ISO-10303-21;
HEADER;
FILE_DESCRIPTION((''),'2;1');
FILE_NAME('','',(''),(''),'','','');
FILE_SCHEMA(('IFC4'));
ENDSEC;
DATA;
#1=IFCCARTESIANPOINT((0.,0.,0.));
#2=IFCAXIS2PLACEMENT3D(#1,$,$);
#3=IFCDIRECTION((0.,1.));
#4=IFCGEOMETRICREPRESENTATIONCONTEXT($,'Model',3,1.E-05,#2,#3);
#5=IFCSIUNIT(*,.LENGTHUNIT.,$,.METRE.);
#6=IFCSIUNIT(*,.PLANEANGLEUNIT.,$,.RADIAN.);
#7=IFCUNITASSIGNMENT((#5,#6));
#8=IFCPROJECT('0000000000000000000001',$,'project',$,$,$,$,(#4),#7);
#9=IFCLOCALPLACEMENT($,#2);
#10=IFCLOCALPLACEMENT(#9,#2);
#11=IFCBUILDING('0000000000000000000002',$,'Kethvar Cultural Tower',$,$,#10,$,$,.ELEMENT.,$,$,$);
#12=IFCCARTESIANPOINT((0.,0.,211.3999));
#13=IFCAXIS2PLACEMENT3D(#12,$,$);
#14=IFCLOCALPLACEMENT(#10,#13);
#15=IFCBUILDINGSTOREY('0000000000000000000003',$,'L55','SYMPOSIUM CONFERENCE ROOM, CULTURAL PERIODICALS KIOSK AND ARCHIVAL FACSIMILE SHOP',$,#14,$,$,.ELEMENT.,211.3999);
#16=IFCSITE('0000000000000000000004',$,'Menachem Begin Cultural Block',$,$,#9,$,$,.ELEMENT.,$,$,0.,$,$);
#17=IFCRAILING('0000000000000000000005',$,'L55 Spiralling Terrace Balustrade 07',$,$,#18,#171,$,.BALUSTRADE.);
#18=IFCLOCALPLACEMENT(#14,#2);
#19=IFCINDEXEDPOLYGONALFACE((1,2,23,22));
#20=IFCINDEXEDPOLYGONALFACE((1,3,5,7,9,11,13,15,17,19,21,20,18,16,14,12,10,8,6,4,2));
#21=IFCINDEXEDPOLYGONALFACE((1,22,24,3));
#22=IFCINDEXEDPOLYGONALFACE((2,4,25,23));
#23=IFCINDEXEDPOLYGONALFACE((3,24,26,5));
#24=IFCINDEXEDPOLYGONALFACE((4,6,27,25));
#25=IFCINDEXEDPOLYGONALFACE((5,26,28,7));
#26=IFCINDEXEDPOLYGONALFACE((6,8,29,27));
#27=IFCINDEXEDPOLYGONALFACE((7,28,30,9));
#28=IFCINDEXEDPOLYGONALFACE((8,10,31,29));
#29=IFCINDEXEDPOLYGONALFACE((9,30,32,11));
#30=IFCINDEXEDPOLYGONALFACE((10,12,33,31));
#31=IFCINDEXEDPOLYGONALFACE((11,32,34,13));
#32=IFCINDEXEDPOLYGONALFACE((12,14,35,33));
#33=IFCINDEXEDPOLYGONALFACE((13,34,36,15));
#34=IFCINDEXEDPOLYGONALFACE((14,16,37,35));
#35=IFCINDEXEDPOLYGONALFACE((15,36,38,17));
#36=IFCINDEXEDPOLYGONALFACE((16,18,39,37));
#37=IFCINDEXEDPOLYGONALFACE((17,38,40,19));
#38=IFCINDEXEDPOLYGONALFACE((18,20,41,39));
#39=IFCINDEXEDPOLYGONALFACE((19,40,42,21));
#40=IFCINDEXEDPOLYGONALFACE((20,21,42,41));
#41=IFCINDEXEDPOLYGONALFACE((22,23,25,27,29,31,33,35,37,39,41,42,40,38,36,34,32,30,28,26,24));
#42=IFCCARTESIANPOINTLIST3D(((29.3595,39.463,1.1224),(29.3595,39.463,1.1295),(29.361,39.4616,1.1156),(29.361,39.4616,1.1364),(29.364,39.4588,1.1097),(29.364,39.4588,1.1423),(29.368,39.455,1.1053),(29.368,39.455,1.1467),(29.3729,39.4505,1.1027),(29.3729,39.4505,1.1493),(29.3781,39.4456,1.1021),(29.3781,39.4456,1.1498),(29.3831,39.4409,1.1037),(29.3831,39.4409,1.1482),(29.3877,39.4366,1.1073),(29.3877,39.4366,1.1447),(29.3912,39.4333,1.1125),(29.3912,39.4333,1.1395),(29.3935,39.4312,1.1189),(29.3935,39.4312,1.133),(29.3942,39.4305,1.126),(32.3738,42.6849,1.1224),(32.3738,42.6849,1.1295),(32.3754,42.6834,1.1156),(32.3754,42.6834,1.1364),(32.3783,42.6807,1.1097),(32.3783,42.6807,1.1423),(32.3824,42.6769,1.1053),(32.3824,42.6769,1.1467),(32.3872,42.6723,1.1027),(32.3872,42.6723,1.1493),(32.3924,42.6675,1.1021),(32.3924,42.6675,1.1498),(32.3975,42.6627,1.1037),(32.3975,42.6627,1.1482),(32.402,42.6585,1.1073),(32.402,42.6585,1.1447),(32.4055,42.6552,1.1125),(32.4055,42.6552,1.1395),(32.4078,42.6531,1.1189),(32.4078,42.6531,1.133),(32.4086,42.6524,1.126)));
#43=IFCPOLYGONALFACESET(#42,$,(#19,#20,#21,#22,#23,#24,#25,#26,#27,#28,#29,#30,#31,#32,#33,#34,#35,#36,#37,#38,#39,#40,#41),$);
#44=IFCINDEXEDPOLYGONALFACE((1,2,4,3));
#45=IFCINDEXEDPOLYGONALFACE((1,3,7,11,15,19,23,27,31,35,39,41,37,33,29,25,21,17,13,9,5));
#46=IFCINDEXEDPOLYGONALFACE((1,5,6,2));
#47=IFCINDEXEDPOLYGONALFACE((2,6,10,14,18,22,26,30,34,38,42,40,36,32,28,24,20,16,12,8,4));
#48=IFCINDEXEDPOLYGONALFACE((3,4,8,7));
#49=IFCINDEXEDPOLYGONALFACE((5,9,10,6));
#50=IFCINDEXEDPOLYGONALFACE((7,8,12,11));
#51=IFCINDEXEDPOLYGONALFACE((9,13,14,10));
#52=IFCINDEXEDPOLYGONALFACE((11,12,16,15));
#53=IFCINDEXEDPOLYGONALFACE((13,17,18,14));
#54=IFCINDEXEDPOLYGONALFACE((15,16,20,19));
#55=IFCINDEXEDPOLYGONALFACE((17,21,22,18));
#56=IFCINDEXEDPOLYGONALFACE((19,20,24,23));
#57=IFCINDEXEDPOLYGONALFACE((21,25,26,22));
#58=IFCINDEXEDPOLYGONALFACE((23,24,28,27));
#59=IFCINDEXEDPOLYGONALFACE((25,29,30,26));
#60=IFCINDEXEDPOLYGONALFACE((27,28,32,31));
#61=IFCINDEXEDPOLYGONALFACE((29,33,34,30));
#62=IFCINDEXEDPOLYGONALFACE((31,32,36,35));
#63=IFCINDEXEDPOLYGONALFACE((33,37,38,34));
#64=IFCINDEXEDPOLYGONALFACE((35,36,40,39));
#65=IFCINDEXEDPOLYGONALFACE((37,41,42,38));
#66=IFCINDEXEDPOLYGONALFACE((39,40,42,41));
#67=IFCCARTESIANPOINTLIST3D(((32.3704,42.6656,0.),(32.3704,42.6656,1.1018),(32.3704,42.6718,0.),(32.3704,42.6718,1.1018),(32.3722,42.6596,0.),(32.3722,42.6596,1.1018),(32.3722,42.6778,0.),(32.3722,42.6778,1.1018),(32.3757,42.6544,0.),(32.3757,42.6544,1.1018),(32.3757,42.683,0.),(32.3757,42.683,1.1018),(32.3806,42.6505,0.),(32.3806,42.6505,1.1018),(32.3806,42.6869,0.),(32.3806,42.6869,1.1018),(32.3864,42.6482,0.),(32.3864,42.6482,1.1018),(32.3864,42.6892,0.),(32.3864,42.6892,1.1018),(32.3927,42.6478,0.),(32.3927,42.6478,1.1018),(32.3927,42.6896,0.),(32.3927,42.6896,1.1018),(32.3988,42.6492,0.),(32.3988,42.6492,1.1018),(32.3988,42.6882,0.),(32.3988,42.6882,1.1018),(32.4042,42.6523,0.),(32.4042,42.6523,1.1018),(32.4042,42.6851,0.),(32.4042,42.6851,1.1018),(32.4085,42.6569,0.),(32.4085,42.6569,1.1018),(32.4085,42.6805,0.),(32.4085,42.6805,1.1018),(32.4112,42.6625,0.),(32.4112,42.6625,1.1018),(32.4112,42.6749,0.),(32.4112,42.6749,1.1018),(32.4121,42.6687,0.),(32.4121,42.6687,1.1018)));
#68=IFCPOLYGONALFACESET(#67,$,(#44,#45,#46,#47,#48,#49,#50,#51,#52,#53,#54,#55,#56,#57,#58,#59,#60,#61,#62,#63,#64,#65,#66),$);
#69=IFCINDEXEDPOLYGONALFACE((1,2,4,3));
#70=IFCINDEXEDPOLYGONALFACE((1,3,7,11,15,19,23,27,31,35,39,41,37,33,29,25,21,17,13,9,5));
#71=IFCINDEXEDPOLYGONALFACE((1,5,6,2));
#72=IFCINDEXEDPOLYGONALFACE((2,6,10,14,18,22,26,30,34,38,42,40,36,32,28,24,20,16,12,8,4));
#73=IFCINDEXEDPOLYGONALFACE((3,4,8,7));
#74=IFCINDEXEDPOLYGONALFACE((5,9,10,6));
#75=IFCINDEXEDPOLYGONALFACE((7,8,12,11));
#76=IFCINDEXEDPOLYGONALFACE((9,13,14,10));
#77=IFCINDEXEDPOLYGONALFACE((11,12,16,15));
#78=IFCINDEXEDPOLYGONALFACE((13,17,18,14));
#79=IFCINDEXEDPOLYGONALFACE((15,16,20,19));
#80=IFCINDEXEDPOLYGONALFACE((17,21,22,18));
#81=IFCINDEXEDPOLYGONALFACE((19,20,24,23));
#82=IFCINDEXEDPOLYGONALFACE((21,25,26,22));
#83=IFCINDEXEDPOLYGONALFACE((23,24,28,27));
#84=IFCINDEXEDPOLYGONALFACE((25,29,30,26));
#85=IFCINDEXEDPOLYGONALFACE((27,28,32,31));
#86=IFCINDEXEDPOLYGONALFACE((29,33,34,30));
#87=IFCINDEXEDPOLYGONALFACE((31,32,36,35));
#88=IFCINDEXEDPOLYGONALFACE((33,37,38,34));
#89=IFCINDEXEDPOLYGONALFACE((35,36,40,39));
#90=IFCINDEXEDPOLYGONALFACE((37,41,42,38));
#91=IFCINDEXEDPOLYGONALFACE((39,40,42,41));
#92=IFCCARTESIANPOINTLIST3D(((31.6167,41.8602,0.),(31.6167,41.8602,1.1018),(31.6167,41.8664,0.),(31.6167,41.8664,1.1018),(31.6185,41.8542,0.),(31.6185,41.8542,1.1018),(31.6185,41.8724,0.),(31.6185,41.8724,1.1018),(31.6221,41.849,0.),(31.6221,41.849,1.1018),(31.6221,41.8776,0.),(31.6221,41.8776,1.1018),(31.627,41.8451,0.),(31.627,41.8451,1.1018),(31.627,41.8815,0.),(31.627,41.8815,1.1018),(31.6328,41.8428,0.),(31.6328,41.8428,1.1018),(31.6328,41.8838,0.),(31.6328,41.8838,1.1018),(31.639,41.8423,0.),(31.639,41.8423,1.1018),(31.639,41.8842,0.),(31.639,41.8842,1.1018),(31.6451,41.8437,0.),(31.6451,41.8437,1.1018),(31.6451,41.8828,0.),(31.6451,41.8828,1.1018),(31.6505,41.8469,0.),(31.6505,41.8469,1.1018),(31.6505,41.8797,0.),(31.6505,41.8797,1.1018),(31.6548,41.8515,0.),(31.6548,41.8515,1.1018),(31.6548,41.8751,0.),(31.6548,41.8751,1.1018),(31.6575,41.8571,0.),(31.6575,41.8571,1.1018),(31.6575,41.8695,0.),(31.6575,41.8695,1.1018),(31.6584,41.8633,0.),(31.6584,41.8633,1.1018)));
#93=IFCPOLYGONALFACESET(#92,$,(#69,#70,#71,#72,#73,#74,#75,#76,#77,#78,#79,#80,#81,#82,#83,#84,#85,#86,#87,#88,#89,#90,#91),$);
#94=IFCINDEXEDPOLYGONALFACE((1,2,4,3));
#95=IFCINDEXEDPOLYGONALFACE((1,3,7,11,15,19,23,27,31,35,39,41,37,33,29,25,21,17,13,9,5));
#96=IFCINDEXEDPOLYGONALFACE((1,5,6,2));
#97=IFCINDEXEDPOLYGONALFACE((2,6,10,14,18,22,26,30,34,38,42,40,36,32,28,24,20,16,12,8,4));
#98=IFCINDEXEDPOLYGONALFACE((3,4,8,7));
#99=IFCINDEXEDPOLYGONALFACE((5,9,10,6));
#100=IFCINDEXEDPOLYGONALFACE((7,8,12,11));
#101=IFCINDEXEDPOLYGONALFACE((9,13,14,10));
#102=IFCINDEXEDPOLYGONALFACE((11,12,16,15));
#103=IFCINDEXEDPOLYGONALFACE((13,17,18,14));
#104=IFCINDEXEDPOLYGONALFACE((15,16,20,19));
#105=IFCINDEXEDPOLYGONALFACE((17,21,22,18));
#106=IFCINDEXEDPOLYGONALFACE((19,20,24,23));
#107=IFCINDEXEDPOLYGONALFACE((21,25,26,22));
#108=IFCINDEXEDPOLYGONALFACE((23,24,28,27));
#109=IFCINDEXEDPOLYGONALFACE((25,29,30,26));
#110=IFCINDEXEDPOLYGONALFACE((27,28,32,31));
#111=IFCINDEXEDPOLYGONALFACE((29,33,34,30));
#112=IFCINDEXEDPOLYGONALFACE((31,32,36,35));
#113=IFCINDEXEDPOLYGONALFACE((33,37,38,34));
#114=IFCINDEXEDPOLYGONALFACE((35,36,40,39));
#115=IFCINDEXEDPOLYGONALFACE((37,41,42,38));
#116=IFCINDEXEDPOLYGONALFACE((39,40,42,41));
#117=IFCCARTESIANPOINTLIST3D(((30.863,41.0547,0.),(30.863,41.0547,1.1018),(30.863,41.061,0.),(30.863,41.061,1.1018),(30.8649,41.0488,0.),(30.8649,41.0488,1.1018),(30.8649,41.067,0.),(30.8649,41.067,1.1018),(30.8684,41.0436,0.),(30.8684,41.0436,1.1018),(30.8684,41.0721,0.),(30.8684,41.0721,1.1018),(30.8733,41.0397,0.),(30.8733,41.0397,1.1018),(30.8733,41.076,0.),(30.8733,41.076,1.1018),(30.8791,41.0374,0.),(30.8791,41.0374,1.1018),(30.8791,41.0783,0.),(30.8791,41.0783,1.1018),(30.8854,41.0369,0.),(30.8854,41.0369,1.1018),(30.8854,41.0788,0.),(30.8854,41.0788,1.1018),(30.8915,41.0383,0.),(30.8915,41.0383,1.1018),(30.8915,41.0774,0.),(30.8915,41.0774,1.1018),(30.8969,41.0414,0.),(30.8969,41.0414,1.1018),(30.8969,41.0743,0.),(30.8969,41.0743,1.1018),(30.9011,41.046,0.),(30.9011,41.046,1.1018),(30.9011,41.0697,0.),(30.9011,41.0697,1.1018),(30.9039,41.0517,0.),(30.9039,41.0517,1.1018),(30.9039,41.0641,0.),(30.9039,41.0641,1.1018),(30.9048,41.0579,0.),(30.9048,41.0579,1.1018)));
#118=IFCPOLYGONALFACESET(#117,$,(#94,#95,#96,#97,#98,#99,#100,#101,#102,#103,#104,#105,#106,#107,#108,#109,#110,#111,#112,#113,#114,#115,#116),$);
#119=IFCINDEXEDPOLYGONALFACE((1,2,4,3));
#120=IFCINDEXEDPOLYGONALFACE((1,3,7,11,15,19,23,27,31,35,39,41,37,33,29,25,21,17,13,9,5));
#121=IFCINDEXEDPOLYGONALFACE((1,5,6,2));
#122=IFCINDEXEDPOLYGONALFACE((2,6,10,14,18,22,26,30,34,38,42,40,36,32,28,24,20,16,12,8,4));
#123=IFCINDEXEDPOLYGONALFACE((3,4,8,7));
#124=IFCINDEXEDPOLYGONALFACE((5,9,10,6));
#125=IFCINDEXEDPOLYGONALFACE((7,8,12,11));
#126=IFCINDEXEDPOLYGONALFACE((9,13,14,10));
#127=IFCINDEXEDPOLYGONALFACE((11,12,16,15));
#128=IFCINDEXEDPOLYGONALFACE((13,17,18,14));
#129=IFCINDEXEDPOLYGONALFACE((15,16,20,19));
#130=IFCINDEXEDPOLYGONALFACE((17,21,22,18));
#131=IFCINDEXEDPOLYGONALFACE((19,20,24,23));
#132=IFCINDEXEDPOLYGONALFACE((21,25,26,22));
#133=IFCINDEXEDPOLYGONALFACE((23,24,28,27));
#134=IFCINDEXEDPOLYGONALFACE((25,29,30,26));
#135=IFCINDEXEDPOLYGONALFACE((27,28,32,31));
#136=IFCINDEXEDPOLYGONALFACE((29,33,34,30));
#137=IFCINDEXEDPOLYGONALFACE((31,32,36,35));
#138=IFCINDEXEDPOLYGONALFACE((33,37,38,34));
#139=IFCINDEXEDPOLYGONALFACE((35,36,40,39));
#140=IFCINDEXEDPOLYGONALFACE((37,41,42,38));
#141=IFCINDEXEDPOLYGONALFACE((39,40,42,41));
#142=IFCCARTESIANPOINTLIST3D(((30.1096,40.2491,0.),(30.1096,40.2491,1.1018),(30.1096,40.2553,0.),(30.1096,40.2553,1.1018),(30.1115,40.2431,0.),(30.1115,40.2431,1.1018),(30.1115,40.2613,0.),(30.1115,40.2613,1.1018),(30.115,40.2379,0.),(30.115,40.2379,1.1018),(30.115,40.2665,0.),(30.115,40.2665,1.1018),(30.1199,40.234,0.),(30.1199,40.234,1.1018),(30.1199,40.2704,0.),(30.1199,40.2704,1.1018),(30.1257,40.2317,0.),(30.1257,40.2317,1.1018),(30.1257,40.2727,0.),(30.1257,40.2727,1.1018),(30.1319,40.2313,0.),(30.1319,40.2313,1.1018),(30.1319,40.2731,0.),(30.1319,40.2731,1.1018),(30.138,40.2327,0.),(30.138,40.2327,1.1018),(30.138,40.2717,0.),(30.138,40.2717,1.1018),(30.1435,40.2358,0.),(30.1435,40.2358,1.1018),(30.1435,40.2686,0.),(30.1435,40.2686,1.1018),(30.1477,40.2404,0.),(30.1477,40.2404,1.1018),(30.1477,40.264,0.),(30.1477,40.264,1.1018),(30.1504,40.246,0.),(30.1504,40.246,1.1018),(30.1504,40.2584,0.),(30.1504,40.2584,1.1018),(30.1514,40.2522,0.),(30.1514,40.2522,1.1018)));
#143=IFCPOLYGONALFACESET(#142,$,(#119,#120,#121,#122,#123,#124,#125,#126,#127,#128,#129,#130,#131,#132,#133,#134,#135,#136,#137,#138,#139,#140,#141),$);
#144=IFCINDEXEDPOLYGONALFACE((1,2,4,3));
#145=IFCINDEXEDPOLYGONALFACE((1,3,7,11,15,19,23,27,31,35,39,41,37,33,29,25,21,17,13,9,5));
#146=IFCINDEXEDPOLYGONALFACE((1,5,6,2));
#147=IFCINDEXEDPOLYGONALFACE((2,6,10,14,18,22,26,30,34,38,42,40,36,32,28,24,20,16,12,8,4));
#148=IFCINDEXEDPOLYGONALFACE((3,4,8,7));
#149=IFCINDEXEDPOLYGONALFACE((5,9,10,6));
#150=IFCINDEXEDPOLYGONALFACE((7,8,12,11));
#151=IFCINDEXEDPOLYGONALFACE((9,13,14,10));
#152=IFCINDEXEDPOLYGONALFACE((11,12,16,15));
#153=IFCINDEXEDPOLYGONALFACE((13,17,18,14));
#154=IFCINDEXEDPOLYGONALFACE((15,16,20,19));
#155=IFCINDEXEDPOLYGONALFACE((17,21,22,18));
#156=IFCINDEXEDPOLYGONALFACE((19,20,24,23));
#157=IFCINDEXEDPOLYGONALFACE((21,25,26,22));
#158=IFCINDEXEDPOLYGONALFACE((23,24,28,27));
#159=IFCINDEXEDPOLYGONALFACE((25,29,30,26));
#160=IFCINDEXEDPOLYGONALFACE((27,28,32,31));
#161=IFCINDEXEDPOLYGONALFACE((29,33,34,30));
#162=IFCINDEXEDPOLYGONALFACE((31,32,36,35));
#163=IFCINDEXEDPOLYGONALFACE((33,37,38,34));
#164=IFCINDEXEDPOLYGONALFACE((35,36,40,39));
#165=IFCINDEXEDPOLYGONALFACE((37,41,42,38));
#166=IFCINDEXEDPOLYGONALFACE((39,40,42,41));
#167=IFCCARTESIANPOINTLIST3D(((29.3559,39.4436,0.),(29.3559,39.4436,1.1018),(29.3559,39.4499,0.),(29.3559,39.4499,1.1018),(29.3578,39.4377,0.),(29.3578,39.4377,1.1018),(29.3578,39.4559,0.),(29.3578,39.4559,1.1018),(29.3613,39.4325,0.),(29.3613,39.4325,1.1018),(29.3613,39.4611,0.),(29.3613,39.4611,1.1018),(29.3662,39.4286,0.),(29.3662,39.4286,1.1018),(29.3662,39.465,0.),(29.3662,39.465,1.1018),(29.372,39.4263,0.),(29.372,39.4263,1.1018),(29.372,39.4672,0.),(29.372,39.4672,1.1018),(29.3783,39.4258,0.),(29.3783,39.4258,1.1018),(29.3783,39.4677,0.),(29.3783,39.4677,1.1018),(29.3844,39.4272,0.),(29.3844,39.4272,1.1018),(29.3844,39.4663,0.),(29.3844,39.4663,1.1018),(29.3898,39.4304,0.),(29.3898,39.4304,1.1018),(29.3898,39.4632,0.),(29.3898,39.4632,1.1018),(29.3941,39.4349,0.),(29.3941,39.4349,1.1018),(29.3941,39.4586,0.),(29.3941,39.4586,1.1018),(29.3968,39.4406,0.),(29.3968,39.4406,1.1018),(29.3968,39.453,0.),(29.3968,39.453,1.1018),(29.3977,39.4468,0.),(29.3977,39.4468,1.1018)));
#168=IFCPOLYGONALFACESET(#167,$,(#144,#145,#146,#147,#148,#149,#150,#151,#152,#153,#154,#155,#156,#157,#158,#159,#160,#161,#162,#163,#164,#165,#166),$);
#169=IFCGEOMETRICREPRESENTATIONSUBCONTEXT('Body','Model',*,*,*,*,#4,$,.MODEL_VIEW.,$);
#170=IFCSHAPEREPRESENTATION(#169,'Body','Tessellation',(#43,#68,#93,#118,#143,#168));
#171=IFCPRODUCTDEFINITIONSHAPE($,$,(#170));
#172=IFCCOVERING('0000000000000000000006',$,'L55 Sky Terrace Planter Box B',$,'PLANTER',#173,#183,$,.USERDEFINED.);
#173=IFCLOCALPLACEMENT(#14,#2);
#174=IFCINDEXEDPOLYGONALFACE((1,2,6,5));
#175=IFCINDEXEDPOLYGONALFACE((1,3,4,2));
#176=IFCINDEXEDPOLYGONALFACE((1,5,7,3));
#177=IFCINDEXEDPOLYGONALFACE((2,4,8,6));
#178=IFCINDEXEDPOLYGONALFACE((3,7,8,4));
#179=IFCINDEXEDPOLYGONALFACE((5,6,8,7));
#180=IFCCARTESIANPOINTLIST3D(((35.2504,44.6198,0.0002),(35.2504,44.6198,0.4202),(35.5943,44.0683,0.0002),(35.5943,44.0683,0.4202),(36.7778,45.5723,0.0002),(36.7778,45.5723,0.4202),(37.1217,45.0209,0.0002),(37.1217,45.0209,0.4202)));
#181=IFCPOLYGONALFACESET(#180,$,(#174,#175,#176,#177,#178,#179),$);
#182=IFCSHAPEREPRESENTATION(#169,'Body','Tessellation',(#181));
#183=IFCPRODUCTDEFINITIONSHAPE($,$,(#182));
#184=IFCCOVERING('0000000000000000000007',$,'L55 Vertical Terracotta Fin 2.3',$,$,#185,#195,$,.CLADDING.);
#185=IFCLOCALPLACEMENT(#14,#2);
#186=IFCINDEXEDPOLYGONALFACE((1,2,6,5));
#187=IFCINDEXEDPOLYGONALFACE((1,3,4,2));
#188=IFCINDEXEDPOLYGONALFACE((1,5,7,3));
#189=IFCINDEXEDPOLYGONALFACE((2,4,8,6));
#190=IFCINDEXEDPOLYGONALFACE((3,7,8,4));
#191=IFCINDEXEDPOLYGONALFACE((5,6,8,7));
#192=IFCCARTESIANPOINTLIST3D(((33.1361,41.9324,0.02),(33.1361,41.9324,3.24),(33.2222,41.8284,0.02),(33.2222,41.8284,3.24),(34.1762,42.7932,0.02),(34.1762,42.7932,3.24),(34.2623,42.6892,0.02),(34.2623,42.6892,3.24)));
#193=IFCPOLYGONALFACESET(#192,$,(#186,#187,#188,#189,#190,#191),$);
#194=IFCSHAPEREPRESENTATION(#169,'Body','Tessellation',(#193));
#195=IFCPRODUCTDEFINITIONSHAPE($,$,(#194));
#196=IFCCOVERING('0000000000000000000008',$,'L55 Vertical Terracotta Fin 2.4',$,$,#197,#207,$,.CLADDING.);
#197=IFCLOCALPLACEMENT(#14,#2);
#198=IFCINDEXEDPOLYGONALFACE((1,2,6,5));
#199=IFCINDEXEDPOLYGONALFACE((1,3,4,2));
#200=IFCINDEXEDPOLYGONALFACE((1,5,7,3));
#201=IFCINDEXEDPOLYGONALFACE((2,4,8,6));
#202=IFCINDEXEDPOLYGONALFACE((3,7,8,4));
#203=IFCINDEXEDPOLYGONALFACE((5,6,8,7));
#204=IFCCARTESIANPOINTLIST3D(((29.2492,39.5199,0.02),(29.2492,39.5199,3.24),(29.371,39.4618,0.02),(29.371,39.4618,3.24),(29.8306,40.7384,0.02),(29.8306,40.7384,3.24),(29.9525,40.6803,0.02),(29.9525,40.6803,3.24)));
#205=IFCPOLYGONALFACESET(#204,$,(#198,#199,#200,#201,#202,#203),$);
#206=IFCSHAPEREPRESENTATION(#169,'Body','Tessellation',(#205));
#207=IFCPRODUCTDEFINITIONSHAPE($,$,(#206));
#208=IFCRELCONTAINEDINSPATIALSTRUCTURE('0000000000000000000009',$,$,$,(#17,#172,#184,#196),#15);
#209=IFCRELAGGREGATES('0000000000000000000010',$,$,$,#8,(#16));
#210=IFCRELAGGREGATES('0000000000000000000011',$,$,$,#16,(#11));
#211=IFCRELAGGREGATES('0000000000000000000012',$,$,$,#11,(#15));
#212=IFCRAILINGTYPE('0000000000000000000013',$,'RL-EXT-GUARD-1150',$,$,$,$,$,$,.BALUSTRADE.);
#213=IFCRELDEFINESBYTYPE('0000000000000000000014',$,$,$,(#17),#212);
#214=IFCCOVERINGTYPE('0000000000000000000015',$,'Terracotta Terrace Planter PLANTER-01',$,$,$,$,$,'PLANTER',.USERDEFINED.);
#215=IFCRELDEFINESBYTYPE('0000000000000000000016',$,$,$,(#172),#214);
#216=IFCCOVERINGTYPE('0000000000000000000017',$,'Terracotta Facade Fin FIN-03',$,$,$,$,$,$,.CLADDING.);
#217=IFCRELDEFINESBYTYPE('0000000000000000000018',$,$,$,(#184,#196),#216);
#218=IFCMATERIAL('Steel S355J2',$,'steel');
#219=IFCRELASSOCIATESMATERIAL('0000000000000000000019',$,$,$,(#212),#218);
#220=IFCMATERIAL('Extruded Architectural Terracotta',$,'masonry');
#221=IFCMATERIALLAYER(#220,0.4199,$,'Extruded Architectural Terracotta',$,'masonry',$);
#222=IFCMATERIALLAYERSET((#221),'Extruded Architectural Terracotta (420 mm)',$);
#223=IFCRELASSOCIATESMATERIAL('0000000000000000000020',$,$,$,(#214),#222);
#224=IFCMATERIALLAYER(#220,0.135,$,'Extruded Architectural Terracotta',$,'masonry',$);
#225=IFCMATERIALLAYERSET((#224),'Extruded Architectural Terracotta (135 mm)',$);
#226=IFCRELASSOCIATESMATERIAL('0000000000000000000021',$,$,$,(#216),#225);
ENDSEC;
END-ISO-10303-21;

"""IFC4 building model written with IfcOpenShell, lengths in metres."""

from ifc_helpers import new_model, si_unit, direction, frame, origin, origin_2d, place, context, subcontext, project, spatial, rectangle, circle, extrude, source, transform, mapped, material, layer, layer_set, type_object, element, save


model = new_model("IFC4")

# Units and contexts
model_context = context("Model", 3, precision=1e-05, world=origin(), true_north=direction((0.0, 1.0)))
body_context = subcontext(model_context, "Body", "Model", "MODEL_VIEW")
ifc_project = project(units=[si_unit("LENGTHUNIT", "METRE"), si_unit("PLANEANGLEUNIT", "RADIAN")], contexts=[model_context])

# Site, building, storey
site_placement = place(None, origin())
site = spatial("IfcSite", under=ifc_project, at=site_placement, Name="Menachem Begin Cultural Block", CompositionType="ELEMENT", RefElevation=0.0)
building_placement = place(site_placement, origin())
building = spatial("IfcBuilding", under=site, at=building_placement, Name="Kethvar Cultural Tower", CompositionType="ELEMENT")
storey_placement = place(building_placement, frame((0.0, 0.0, 211.3999)))
storey = spatial("IfcBuildingStorey", under=building, at=storey_placement, Name="L55", Description="SYMPOSIUM CONFERENCE ROOM, CULTURAL PERIODICALS KIOSK AND ARCHIVAL FACSIMILE SHOP", CompositionType="ELEMENT", Elevation=211.3999)

# Shared definitions
ifc_material_1 = material(Name="Steel S355J2", Category="steel")

# Railing
railing_type = type_object("IfcRailingType", Name="RL-EXT-GUARD-1150", PredefinedType="BALUSTRADE", material=ifc_material_1)
railing_1_placement = place(storey_placement, frame((32.3911, 42.6687, 0.0)))
element("IfcRailing", 1, at=railing_1_placement, inside=storey, type_object=railing_type, Name="L55 Spiralling Terrace Balustrade 07", PredefinedType="BALUSTRADE", context=body_context, shape_type="SweptSolid", body=[
    extrude(circle(Radius=0.0239, at=origin_2d()), frame((0.0, 0.0, 1.126), z_axis=(-0.683199, -0.730232, 0.0), x_axis=(0.730232, -0.683199, 0.0)), (0.0, 0.0, 1.0), 4.4121),
    extrude(circle(Radius=0.021, at=origin_2d()), origin(), (0.0, 0.0, 1.0), 1.1018),
    extrude(circle(Radius=0.021, at=origin_2d()), frame((-0.7537, -0.8054, 0.0)), (0.0, 0.0, 1.0), 1.1018),
    extrude(circle(Radius=0.021, at=origin_2d()), frame((-1.5073, -1.6108, 0.0)), (0.0, 0.0, 1.0), 1.1018),
    extrude(circle(Radius=0.021, at=origin_2d()), frame((-2.2607, -2.4165, 0.0)), (0.0, 0.0, 1.0), 1.1018),
    extrude(circle(Radius=0.021, at=origin_2d()), frame((-3.0144, -3.2219, 0.0)), (0.0, 0.0, 1.0), 1.1018),
])

# Coverings
ifc_material_2 = material(Name="Extruded Architectural Terracotta", Category="masonry")
ifc_layer_1 = layer(ifc_material_2, 0.4199, Name="Extruded Architectural Terracotta", Category="masonry")
ifc_layer_set_1 = layer_set([ifc_layer_1], Name="Extruded Architectural Terracotta (420 mm)")
covering_type_1 = type_object("IfcCoveringType", Name="Terracotta Terrace Planter PLANTER-01", ElementType="PLANTER", PredefinedType="USERDEFINED", material=ifc_layer_set_1)
shared_shape_1 = source(origin(), body_context, "Body", "SweptSolid", [
    extrude(rectangle(XDim=1.8, YDim=0.6499, at=origin_2d()), origin(), (0.0, 0.0, 1.0), 0.4199),
])
covering_placement = place(storey_placement, frame((36.186, 44.8203, 0.0002), z_axis=(0.0, 0.0, 1.0), x_axis=(-0.84851, -0.529179, 0.0)))
element("IfcCovering", 2, at=covering_placement, inside=storey, type_object=covering_type_1, Name="L55 Sky Terrace Planter Box B", ObjectType="PLANTER", PredefinedType="USERDEFINED", context=body_context, shape_type="MappedRepresentation", body=[
    mapped(shared_shape_1, transform((0.0, 0.0, 0.0), scale=1.0)),
])
ifc_layer_2 = layer(ifc_material_2, 0.135, Name="Extruded Architectural Terracotta", Category="masonry")
ifc_layer_set_2 = layer_set([ifc_layer_2], Name="Extruded Architectural Terracotta (135 mm)")
covering_type_2 = type_object("IfcCoveringType", Name="Terracotta Facade Fin FIN-03", PredefinedType="CLADDING", material=ifc_layer_set_2)
shared_shape_2 = source(origin(), body_context, "Body", "SweptSolid", [
    extrude(rectangle(XDim=1.3501, YDim=0.135, at=origin_2d()), origin(), (0.0, 0.0, 1.0), 3.22),
])
for number, where, z_axis, x_axis, name in (
    (3, (33.6992, 42.3108, 0.02), (0.0, 0.0, 1.0), (0.770402, 0.637558, 0.0), "L55 Vertical Terracotta Fin 2.3"),
    (4, (29.6008, 40.1001, 0.02), (0.0, 0.0, 1.0), (0.430669, 0.90251, 0.0), "L55 Vertical Terracotta Fin 2.4"),
):
    element("IfcCovering", number, at=place(storey_placement, frame(where, z_axis=z_axis, x_axis=x_axis)), inside=storey, type_object=covering_type_2, Name=name, PredefinedType="CLADDING", context=body_context, shape_type="MappedRepresentation", body=[
        mapped(shared_shape_2, transform((0.0, 0.0, 0.0), scale=1.0)),
    ])

save(model, "model.ifc")
